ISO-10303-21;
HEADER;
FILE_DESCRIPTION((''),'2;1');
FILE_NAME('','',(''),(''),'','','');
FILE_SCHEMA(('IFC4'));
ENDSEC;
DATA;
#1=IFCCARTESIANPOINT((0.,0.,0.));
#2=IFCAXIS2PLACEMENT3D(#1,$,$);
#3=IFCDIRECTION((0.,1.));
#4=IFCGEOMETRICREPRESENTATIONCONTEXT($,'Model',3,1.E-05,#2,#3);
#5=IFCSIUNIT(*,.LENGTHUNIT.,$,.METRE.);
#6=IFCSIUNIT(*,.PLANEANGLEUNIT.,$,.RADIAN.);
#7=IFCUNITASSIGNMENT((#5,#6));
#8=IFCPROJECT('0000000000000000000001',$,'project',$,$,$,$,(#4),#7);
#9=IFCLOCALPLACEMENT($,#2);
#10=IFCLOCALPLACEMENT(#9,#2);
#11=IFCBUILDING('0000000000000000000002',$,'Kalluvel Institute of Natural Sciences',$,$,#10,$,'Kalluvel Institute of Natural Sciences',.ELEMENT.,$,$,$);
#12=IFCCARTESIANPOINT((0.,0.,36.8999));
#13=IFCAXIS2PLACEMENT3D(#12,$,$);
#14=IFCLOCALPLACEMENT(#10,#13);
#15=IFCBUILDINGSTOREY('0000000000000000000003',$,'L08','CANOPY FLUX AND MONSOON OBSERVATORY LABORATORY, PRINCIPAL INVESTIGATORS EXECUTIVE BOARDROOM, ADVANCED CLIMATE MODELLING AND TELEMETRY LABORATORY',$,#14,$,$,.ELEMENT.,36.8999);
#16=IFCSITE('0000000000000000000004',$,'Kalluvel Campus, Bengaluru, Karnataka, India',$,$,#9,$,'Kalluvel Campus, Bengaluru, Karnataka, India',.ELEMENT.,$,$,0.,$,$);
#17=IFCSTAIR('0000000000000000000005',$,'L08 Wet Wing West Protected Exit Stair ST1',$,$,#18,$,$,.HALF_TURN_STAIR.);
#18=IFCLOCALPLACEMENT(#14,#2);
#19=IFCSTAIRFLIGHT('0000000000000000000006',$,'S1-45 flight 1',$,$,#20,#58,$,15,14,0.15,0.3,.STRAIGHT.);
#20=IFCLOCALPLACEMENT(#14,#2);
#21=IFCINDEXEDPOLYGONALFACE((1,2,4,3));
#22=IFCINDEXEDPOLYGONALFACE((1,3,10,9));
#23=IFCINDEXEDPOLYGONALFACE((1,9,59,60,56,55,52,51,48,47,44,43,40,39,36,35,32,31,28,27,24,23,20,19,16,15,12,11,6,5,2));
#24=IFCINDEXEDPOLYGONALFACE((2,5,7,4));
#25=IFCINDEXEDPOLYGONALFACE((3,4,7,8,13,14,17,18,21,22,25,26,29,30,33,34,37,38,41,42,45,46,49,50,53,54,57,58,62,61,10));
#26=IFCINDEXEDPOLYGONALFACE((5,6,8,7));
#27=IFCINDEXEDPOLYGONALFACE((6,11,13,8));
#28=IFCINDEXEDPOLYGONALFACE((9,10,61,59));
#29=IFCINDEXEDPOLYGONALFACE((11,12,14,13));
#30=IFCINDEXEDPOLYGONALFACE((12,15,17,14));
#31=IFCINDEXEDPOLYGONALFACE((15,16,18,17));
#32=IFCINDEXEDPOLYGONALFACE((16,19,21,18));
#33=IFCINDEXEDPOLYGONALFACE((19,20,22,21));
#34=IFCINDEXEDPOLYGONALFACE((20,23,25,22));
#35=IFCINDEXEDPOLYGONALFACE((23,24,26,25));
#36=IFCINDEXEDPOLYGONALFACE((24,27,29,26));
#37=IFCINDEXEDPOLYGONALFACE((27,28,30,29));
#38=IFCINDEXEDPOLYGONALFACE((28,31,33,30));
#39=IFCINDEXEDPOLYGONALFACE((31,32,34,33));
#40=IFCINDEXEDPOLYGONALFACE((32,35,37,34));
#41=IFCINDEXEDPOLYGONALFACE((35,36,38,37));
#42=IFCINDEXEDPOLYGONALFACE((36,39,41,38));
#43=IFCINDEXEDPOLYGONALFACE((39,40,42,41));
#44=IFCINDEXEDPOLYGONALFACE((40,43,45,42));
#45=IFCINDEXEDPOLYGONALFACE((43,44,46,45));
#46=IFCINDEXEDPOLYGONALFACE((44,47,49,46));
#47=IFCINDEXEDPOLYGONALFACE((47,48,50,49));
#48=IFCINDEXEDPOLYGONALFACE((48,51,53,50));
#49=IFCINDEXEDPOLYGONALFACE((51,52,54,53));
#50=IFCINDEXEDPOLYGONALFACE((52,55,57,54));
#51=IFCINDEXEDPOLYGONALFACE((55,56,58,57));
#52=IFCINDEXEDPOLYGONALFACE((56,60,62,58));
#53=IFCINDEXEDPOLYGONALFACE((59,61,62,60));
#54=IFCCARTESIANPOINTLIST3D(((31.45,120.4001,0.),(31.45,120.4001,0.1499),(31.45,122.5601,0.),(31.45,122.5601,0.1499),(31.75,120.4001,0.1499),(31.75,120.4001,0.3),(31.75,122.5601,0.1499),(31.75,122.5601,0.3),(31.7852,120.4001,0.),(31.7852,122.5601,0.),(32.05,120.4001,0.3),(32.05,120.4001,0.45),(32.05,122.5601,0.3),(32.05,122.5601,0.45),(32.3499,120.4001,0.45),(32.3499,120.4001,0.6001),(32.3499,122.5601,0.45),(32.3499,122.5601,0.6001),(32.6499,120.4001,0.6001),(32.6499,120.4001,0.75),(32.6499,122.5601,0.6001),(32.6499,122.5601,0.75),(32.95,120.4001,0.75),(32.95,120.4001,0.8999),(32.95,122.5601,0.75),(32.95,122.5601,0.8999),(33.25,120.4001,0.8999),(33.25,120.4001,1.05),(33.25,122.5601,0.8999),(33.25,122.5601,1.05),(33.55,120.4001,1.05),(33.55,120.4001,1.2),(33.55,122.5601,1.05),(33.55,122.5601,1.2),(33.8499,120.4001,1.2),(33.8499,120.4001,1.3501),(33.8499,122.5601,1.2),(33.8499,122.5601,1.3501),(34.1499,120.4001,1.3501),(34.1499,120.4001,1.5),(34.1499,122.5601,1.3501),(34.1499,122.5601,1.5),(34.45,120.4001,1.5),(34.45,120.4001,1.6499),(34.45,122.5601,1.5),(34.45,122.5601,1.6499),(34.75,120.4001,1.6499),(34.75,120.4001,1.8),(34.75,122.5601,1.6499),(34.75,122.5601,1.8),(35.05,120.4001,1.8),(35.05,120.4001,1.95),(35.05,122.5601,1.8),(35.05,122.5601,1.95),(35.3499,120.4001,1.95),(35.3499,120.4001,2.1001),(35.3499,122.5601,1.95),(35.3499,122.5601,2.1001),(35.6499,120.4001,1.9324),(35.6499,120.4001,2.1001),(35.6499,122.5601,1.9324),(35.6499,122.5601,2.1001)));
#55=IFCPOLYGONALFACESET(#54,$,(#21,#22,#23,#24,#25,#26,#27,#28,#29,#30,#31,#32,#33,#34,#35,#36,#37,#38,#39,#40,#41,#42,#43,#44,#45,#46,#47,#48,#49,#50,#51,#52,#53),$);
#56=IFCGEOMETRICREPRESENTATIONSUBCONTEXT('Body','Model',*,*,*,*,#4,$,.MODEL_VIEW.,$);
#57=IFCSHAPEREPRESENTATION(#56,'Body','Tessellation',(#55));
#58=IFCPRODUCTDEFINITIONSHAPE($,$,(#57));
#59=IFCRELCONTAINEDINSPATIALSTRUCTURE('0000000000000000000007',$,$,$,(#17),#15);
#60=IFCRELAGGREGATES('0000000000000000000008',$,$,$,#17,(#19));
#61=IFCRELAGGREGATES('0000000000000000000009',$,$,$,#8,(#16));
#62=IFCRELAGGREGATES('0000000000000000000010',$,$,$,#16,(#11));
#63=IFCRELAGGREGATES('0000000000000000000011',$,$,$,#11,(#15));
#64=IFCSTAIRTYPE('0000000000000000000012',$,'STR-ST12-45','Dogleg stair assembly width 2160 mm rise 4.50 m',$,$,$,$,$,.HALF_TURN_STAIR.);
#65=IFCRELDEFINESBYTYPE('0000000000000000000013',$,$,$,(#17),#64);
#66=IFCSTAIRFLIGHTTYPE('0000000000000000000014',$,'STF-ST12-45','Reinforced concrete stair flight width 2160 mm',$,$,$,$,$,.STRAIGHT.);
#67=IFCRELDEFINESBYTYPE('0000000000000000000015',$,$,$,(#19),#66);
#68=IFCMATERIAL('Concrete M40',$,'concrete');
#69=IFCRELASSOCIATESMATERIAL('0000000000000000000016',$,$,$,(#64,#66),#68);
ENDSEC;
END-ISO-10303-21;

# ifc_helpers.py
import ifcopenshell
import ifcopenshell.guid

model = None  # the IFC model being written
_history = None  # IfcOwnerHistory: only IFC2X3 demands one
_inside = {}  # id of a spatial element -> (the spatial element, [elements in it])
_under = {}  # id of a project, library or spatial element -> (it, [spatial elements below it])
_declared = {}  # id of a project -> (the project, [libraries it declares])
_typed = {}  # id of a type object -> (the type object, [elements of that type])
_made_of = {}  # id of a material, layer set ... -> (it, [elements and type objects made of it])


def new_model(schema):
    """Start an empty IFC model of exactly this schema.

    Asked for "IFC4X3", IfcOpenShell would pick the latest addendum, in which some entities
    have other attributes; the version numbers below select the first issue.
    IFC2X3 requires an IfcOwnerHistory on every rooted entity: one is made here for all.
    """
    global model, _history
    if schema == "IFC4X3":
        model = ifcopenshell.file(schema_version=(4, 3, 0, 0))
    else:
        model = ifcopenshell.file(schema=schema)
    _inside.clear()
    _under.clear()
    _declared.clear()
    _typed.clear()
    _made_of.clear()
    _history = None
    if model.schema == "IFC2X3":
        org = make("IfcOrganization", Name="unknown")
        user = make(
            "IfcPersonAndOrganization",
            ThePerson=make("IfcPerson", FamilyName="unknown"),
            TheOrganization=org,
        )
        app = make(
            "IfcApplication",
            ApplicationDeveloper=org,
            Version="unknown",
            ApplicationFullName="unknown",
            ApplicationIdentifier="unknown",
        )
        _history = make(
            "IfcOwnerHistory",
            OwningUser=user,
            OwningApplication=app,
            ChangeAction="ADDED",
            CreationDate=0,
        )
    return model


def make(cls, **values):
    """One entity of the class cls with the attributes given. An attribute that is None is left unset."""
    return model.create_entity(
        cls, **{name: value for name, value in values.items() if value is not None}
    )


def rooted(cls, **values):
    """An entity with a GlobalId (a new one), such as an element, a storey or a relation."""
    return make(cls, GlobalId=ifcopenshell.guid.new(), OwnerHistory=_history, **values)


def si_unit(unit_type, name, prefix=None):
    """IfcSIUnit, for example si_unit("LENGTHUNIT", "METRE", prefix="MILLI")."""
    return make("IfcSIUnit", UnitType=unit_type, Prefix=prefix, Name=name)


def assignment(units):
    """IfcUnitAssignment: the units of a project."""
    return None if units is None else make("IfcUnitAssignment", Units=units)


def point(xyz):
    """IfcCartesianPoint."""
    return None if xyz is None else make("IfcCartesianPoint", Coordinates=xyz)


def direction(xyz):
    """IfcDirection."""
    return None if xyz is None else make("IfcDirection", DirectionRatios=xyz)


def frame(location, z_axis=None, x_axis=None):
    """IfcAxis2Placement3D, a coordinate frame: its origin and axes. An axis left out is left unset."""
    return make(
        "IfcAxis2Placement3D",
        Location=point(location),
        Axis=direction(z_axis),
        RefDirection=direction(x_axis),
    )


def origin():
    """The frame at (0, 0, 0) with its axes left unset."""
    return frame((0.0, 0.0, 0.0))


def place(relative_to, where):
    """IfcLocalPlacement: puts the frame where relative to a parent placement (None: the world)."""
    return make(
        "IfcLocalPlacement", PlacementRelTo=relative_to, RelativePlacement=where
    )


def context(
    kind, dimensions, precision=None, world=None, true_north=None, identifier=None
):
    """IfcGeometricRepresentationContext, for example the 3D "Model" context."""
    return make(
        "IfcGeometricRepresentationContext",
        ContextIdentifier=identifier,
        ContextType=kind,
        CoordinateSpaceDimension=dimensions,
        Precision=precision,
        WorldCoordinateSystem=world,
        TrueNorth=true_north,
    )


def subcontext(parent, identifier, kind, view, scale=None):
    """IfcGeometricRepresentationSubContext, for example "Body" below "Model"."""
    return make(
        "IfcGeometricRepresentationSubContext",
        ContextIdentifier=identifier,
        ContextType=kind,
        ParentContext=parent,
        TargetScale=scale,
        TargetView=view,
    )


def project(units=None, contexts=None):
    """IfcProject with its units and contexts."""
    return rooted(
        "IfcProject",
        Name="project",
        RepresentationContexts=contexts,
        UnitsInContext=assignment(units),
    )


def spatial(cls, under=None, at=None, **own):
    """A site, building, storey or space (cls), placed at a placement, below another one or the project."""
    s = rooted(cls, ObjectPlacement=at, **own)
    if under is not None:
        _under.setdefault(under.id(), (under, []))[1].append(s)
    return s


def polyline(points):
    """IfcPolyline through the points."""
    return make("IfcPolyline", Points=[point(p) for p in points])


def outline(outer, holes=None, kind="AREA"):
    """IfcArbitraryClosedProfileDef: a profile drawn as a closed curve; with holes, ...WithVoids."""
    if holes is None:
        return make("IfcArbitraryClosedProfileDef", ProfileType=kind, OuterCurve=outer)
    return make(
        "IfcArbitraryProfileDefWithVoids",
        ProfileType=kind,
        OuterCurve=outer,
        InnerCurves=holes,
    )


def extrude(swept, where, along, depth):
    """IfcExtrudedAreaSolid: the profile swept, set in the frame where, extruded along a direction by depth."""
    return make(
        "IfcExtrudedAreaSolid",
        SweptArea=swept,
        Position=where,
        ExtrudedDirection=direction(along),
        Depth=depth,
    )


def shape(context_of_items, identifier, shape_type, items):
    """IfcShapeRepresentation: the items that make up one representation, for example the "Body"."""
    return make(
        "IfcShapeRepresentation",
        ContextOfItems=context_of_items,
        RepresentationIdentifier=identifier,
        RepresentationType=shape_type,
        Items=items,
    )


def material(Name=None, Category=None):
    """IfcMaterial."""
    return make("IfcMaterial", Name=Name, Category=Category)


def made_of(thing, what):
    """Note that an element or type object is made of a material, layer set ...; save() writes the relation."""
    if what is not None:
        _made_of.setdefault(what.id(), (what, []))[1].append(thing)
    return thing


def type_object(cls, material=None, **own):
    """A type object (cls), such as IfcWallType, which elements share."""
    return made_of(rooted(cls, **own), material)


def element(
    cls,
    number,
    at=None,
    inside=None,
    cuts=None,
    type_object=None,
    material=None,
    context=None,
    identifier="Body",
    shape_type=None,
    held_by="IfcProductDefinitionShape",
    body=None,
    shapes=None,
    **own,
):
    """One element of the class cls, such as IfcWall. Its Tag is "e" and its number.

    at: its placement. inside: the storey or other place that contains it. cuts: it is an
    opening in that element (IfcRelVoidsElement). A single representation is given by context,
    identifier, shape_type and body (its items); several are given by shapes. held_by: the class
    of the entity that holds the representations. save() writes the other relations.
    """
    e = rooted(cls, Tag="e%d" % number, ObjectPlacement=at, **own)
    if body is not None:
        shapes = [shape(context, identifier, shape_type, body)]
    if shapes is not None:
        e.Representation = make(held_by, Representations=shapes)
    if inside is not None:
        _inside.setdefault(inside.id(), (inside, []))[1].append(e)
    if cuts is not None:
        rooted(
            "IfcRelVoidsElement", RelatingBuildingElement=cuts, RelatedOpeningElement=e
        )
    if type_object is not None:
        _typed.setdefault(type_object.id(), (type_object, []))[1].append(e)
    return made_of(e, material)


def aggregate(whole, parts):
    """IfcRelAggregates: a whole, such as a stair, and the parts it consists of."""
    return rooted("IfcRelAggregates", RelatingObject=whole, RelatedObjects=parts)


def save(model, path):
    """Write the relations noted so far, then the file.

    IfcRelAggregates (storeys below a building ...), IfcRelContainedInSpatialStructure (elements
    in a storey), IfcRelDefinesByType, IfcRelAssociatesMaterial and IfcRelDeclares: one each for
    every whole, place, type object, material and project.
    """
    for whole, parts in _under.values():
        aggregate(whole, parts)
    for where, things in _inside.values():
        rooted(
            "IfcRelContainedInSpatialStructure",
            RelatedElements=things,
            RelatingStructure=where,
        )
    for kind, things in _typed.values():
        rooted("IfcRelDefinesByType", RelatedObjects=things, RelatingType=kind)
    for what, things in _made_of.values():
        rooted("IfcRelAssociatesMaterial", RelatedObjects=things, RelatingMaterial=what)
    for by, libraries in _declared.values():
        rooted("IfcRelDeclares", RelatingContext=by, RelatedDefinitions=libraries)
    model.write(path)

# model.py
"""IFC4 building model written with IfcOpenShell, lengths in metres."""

from ifc_helpers import new_model, si_unit, direction, frame, origin, place, context, subcontext, project, spatial, polyline, outline, extrude, material, type_object, element, aggregate, save


model = new_model("IFC4")

# Units and contexts
model_context = context("Model", 3, precision=1e-05, world=origin(), true_north=direction((0.0, 1.0)))
body_context = subcontext(model_context, "Body", "Model", "MODEL_VIEW")
ifc_project = project(units=[si_unit("LENGTHUNIT", "METRE"), si_unit("PLANEANGLEUNIT", "RADIAN")], contexts=[model_context])

# Site, building, storey
site_placement = place(None, origin())
site = spatial("IfcSite", under=ifc_project, at=site_placement, Name="Kalluvel Campus, Bengaluru, Karnataka, India", LongName="Kalluvel Campus, Bengaluru, Karnataka, India", CompositionType="ELEMENT", RefElevation=0.0)
building_placement = place(site_placement, origin())
building = spatial("IfcBuilding", under=site, at=building_placement, Name="Kalluvel Institute of Natural Sciences", LongName="Kalluvel Institute of Natural Sciences", CompositionType="ELEMENT")
storey_placement = place(building_placement, frame((0.0, 0.0, 36.8999)))
storey = spatial("IfcBuildingStorey", under=building, at=storey_placement, Name="L08", Description="CANOPY FLUX AND MONSOON OBSERVATORY LABORATORY, PRINCIPAL INVESTIGATORS EXECUTIVE BOARDROOM, ADVANCED CLIMATE MODELLING AND TELEMETRY LABORATORY", CompositionType="ELEMENT", Elevation=36.8999)

# Shared definitions
ifc_material_1 = material(Name="Concrete M40", Category="concrete")

# Stair, stair flight
stair_type = type_object("IfcStairType", Name="STR-ST12-45", Description="Dogleg stair assembly width 2160 mm rise 4.50 m", PredefinedType="HALF_TURN_STAIR", material=ifc_material_1)
stair_placement = place(storey_placement, origin())
stair = element("IfcStair", 1, at=stair_placement, inside=storey, type_object=stair_type, Name="L08 Wet Wing West Protected Exit Stair ST1", PredefinedType="HALF_TURN_STAIR")
stair_flight_type = type_object("IfcStairFlightType", Name="STF-ST12-45", Description="Reinforced concrete stair flight width 2160 mm", PredefinedType="STRAIGHT", material=ifc_material_1)
stair_flight_placement = place(storey_placement, frame((31.45, 121.48, 0.0), z_axis=(0.0, 0.0, 1.0), x_axis=(1.0, 0.0, 0.0)))
stair_flight = element("IfcStairFlight", 2, at=stair_flight_placement, type_object=stair_flight_type, Name="S1-45 flight 1", NumberOfRisers=15, NumberOfTreads=14, PredefinedType="STRAIGHT", RiserHeight=0.15, TreadLength=0.3, context=body_context, shape_type="SweptSolid", body=[
    extrude(outline(polyline([(0.0, 0.0), (0.0, 0.1499), (0.3, 0.1499), (0.3, 0.3), (0.6001, 0.3), (0.6001, 0.45), (0.8999, 0.45), (0.8999, 0.6001), (1.2, 0.6001), (1.2, 0.75), (1.5, 0.75), (1.5, 0.8999), (1.8, 0.8999), (1.8, 1.05), (2.1001, 1.05), (2.1001, 1.2), (2.3999, 1.2), (2.3999, 1.3501), (2.7, 1.3501), (2.7, 1.5), (3.0, 1.5), (3.0, 1.6499), (3.3, 1.6499), (3.3, 1.8), (3.6001, 1.8), (3.6001, 1.95), (3.8999, 1.95), (3.8999, 2.1001), (4.2, 2.1001), (4.2, 2.25), (4.2, 1.9324), (0.3352, 0.0), (0.0, 0.0)])), frame((0.0, 1.0801, 0.0), z_axis=(0.0, -1.0, 0.0), x_axis=(1.0, 0.0, 0.0)), (0.0, 0.0, 1.0), 2.1599),
])
aggregate(stair, [stair_flight])

save(model, "model.ifc")
